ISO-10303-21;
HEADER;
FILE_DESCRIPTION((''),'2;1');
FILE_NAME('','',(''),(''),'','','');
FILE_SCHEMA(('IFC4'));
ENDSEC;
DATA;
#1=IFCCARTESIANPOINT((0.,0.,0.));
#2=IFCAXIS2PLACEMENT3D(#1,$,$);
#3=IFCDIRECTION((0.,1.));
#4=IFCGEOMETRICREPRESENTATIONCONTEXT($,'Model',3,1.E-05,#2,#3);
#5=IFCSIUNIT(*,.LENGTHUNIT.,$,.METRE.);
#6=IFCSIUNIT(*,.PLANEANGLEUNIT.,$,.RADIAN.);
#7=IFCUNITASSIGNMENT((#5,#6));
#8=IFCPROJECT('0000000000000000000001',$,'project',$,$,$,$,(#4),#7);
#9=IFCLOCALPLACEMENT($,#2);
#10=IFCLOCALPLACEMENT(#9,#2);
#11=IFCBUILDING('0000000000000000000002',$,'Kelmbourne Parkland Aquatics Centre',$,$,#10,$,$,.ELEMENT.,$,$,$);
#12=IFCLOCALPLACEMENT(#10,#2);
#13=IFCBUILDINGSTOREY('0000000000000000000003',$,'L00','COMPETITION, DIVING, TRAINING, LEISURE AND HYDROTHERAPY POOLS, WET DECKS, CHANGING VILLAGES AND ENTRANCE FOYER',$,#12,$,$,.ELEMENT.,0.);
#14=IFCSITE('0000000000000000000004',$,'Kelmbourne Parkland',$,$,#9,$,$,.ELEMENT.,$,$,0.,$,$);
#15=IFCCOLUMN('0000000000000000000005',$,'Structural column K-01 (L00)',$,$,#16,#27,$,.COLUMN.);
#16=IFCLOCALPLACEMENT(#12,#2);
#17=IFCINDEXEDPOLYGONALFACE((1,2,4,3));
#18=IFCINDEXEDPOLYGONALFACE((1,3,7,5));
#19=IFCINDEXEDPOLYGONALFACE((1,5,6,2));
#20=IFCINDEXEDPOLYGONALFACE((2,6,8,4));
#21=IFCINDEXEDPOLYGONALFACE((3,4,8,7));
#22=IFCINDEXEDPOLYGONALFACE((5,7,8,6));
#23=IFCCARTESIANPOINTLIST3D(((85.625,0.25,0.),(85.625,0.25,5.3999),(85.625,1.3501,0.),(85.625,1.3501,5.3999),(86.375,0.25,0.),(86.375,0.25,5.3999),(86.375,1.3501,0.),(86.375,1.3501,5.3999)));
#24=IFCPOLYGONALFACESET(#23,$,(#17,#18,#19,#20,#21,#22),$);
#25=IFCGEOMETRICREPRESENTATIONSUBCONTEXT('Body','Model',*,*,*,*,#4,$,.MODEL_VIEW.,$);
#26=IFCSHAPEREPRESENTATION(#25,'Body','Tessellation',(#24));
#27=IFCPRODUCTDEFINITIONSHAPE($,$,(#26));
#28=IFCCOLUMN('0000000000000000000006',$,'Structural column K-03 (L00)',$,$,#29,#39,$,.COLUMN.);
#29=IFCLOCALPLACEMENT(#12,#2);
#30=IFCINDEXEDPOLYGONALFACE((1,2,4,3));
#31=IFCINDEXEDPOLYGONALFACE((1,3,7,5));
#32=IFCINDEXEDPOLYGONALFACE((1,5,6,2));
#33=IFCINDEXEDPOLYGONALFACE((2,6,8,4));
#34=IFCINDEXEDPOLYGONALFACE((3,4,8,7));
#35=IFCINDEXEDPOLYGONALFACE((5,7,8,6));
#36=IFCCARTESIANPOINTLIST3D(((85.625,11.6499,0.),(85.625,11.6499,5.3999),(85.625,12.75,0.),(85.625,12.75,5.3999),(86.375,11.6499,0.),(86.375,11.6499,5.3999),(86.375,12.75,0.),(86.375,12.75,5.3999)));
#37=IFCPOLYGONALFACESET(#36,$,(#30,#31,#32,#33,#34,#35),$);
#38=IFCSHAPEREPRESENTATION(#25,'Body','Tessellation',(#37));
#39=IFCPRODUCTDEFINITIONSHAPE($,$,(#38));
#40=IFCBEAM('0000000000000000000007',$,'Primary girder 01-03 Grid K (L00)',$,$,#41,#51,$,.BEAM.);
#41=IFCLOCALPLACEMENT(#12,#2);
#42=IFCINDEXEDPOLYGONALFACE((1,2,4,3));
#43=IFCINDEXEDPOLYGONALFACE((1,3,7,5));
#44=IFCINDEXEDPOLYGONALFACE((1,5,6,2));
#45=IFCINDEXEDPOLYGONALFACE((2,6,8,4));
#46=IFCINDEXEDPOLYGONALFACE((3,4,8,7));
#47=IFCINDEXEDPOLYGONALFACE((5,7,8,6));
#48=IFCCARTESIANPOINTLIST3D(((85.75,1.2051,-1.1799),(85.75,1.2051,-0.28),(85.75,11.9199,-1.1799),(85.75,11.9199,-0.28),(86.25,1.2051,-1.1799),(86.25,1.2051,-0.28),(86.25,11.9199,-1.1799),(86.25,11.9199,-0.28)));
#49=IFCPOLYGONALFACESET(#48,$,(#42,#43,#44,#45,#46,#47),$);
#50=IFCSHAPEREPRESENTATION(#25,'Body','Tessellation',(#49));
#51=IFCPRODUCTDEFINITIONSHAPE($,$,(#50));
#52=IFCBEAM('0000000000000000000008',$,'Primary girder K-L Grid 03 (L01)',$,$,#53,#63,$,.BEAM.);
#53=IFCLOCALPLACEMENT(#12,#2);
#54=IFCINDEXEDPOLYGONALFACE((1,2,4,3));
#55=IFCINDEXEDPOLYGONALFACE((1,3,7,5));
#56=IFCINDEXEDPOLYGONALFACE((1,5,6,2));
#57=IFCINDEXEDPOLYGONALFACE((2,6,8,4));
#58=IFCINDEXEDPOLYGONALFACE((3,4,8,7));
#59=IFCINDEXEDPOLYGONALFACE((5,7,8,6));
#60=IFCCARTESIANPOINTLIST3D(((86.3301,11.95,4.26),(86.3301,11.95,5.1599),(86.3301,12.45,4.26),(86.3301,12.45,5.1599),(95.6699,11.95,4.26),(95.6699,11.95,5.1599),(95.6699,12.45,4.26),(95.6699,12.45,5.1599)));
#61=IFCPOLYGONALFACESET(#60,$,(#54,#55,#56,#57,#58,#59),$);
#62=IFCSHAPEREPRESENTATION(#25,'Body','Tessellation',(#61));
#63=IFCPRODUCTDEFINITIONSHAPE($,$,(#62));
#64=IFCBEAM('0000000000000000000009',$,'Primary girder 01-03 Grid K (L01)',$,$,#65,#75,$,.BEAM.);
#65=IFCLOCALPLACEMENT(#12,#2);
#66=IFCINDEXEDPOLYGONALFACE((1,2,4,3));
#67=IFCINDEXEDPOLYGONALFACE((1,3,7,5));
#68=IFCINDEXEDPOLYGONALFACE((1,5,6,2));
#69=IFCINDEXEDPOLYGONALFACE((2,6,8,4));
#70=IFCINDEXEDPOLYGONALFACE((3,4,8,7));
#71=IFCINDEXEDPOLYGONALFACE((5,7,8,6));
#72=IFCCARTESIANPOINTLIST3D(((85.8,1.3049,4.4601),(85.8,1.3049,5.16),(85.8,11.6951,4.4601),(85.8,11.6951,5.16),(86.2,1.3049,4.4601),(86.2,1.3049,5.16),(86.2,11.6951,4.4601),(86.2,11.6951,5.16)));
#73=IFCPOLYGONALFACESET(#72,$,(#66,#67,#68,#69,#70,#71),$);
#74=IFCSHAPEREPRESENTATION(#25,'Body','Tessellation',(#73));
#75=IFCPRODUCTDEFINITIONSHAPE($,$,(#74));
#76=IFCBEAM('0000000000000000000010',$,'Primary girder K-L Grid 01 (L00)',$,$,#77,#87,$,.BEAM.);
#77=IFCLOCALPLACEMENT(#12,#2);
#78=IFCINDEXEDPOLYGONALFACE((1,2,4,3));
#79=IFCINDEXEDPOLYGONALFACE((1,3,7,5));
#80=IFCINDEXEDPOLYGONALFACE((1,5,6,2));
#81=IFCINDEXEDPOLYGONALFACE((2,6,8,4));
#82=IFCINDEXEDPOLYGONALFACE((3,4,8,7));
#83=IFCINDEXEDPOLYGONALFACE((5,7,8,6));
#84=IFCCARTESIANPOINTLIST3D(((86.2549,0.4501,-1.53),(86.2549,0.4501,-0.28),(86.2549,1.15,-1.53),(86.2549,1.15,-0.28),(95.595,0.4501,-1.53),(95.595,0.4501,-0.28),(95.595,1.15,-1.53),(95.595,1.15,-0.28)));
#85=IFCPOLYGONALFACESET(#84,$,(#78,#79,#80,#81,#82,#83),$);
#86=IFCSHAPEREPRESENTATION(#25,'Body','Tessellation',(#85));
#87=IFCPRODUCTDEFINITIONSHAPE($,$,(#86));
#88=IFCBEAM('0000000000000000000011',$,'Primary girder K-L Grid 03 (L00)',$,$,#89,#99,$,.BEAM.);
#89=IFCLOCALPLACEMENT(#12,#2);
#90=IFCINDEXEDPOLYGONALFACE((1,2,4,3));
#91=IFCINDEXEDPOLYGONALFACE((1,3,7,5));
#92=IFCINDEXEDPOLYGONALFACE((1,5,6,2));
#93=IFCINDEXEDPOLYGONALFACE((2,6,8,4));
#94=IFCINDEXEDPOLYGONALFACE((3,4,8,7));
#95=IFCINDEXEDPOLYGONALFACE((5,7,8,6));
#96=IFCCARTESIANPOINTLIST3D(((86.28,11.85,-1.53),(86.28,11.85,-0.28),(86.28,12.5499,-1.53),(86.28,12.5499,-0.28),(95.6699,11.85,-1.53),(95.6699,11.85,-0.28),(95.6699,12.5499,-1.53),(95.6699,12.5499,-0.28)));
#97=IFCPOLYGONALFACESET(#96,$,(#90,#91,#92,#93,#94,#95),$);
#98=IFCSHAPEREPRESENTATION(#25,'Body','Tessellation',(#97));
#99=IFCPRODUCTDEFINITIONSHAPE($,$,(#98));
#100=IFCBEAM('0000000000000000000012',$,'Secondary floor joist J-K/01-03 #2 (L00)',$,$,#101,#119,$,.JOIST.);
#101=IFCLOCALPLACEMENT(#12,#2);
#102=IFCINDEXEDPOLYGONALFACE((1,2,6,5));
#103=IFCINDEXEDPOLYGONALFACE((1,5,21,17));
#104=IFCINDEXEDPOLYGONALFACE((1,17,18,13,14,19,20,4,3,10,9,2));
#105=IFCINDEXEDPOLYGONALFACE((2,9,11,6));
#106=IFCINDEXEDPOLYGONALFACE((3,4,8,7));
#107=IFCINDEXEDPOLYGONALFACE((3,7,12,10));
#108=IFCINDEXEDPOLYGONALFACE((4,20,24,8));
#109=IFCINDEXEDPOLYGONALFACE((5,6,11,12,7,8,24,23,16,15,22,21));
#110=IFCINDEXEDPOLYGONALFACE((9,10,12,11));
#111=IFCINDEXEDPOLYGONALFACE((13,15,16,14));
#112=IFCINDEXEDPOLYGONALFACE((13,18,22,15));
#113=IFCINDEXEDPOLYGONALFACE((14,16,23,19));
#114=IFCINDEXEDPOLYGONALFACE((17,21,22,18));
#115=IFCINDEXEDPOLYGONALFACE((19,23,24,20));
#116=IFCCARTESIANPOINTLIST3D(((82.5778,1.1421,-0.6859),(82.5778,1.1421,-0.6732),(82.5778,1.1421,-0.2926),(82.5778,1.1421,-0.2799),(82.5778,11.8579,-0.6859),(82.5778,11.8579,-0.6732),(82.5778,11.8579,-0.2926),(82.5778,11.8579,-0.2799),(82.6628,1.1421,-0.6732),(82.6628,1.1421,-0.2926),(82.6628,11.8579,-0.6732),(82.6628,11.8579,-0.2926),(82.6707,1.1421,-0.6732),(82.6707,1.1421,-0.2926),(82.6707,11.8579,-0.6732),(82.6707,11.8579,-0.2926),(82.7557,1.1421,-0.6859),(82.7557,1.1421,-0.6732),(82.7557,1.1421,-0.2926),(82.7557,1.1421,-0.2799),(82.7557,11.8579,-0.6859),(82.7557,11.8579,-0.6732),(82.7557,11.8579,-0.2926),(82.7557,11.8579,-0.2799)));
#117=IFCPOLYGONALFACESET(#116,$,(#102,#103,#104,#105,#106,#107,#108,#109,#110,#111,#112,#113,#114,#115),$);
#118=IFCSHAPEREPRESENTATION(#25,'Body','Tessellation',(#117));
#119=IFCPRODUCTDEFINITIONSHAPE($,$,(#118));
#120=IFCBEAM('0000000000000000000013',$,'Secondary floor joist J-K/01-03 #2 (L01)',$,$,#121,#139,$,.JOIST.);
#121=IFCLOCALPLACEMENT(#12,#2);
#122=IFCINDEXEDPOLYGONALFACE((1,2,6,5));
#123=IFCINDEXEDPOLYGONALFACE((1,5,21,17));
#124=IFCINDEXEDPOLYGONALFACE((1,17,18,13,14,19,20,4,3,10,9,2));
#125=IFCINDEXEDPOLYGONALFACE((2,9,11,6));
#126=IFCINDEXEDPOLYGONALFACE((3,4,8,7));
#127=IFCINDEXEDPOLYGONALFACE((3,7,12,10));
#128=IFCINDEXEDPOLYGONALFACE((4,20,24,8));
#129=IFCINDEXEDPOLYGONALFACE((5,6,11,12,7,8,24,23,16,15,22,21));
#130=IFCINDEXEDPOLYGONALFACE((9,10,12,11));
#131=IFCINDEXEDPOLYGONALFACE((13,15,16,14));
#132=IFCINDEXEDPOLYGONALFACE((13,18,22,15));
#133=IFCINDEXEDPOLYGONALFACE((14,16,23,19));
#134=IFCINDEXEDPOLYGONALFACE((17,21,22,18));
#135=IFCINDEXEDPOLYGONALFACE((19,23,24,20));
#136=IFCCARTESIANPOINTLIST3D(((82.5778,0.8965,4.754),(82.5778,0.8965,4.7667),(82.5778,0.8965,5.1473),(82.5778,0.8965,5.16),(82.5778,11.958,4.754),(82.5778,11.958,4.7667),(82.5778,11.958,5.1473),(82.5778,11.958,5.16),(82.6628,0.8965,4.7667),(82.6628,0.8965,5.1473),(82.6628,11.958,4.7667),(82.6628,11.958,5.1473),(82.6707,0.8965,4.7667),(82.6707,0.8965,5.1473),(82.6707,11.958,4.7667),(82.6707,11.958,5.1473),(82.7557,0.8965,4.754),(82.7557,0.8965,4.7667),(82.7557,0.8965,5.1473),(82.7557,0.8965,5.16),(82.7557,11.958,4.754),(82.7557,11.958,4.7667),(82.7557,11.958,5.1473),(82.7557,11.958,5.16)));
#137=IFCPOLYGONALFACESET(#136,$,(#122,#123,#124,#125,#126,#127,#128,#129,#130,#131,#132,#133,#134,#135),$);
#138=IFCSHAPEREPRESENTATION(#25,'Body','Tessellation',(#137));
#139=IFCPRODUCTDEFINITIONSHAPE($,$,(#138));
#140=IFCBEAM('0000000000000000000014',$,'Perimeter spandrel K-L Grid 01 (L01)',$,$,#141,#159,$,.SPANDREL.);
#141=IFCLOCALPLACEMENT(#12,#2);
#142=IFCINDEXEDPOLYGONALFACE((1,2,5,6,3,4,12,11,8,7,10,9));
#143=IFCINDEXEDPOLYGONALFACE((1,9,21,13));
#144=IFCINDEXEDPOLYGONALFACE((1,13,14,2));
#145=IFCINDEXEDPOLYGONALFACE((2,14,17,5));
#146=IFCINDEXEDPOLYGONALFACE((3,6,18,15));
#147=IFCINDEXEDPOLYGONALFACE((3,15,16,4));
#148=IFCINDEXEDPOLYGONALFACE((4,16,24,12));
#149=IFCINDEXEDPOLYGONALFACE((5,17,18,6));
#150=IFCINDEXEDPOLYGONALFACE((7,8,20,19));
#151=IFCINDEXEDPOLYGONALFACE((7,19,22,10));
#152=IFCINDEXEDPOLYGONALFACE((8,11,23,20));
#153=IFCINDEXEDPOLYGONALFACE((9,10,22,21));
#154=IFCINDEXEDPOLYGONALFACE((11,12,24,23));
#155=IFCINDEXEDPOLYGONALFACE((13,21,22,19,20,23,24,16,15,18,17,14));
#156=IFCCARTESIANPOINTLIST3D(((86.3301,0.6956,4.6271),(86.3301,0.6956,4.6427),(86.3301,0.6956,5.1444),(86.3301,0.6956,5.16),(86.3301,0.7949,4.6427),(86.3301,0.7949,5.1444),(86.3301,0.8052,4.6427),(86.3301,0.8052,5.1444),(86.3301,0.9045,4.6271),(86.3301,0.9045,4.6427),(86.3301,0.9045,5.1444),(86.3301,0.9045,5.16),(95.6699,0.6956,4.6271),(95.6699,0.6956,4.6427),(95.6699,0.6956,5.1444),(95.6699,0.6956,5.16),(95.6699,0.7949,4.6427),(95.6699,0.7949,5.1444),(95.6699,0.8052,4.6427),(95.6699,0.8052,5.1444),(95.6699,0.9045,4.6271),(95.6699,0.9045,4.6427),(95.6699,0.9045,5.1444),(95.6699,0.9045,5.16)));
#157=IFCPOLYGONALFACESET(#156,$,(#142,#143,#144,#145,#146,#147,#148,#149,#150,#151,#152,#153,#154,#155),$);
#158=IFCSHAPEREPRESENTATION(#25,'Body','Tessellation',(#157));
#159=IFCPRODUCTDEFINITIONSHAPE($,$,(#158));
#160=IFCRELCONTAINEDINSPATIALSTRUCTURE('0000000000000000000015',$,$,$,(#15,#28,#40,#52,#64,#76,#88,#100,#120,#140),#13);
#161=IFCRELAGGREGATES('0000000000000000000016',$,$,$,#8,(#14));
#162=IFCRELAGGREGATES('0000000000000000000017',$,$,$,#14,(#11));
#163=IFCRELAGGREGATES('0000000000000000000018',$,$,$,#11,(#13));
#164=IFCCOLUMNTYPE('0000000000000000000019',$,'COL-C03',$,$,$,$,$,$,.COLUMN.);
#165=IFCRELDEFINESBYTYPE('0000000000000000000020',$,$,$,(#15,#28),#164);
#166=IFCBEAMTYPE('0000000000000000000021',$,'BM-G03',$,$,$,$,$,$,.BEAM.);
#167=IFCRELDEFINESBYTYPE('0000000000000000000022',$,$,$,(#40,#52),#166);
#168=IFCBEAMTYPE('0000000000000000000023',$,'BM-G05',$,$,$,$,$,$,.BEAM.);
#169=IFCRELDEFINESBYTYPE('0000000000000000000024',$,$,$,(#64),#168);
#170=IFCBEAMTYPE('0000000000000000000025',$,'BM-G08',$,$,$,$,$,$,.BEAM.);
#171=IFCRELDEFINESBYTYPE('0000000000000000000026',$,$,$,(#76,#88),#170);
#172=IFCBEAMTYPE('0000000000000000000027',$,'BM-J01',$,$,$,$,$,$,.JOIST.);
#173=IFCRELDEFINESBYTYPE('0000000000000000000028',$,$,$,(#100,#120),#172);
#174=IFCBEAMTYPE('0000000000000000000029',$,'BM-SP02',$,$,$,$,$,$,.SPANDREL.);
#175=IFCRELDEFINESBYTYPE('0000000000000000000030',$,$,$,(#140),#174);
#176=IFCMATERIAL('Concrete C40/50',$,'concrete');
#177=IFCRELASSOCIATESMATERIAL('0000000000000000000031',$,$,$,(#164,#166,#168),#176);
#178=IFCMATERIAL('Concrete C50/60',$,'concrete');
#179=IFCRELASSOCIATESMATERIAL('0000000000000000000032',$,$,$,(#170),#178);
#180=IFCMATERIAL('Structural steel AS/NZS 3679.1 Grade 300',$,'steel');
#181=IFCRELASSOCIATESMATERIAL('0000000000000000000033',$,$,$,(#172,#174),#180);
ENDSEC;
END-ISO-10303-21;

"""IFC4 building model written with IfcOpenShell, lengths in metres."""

from ifc_helpers import new_model, si_unit, direction, frame, origin, origin_2d, place, context, subcontext, project, spatial, rectangle, i_section, extrude, material, material_profile, profile_set, type_object, element, save


model = new_model("IFC4")

# Units and contexts
model_context = context("Model", 3, precision=1e-05, world=origin(), true_north=direction((0.0, 1.0)))
body_context = subcontext(model_context, "Body", "Model", "MODEL_VIEW")
ifc_project = project(units=[si_unit("LENGTHUNIT", "METRE"), si_unit("PLANEANGLEUNIT", "RADIAN")], contexts=[model_context])

# Site, building, storey
site_placement = place(None, origin())
site = spatial("IfcSite", under=ifc_project, at=site_placement, Name="Kelmbourne Parkland", CompositionType="ELEMENT", RefElevation=0.0)
building_placement = place(site_placement, origin())
building = spatial("IfcBuilding", under=site, at=building_placement, Name="Kelmbourne Parkland Aquatics Centre", CompositionType="ELEMENT")
storey_placement = place(building_placement, origin())
storey = spatial("IfcBuildingStorey", under=building, at=storey_placement, Name="L00", Description="COMPETITION, DIVING, TRAINING, LEISURE AND HYDROTHERAPY POOLS, WET DECKS, CHANGING VILLAGES AND ENTRANCE FOYER", CompositionType="ELEMENT", Elevation=0.0)

# Columns
ifc_material_1 = material(Name="Concrete C40/50", Category="concrete")
ifc_material_profile_1 = material_profile(ifc_material_1, rectangle(XDim=0.75, YDim=1.1001, at=origin_2d()), Name="RC 750x1100")
ifc_profile_set_1 = profile_set([ifc_material_profile_1], Name="Concrete C40/50")
column_type = type_object("IfcColumnType", Name="COL-C03", PredefinedType="COLUMN", material=ifc_profile_set_1)
for number, where, z_axis, x_axis, name in (
    (1, (86.0, 0.8, 0.0), (0.0, 0.0, 1.0), (1.0, 0.0, 0.0), "Structural column K-01 (L00)"),
    (2, (86.0, 12.2, 0.0), (0.0, 0.0, 1.0), (1.0, 0.0, 0.0), "Structural column K-03 (L00)"),
):
    element("IfcColumn", number, at=place(storey_placement, frame(where, z_axis=z_axis, x_axis=x_axis)), inside=storey, type_object=column_type, Name=name, PredefinedType="COLUMN", context=body_context, shape_type="SweptSolid", body=[
        extrude(rectangle(XDim=0.75, YDim=1.1001, at=origin_2d()), origin(), (0.0, 0.0, 1.0), 5.3999),
    ])

# Beams
ifc_material_profile_2 = material_profile(ifc_material_1, rectangle(XDim=0.5, YDim=0.8999, at=origin_2d()), Name="RC 500x900")
ifc_profile_set_2 = profile_set([ifc_material_profile_2], Name="Concrete C40/50")
beam_type_1 = type_object("IfcBeamType", Name="BM-G03", PredefinedType="BEAM", material=ifc_profile_set_2)
beam_1_placement = place(storey_placement, frame((86.0, 1.2051, -0.73), z_axis=(0.0, 1.0, 0.0), x_axis=(-1.0, 0.0, 0.0)))
element("IfcBeam", 3, at=beam_1_placement, inside=storey, type_object=beam_type_1, Name="Primary girder 01-03 Grid K (L00)", PredefinedType="BEAM", context=body_context, shape_type="SweptSolid", body=[
    extrude(rectangle(XDim=0.5, YDim=0.8999, at=origin_2d()), origin(), (0.0, 0.0, 1.0), 10.7148),
])
beam_2_placement = place(storey_placement, frame((86.3301, 12.2, 4.71), z_axis=(1.0, 0.0, 0.0), x_axis=(0.0, 1.0, 0.0)))
element("IfcBeam", 4, at=beam_2_placement, inside=storey, type_object=beam_type_1, Name="Primary girder K-L Grid 03 (L01)", PredefinedType="BEAM", context=body_context, shape_type="SweptSolid", body=[
    extrude(rectangle(XDim=0.5, YDim=0.8999, at=origin_2d()), origin(), (0.0, 0.0, 1.0), 9.3398),
])
ifc_material_profile_3 = material_profile(ifc_material_1, rectangle(XDim=0.3999, YDim=0.7, at=origin_2d()), Name="RC 400x700")
ifc_profile_set_3 = profile_set([ifc_material_profile_3], Name="Concrete C40/50")
beam_type_2 = type_object("IfcBeamType", Name="BM-G05", PredefinedType="BEAM", material=ifc_profile_set_3)
beam_3_placement = place(storey_placement, frame((86.0, 1.3049, 4.8101), z_axis=(0.0, 1.0, 0.0), x_axis=(-1.0, 0.0, 0.0)))
element("IfcBeam", 5, at=beam_3_placement, inside=storey, type_object=beam_type_2, Name="Primary girder 01-03 Grid K (L01)", PredefinedType="BEAM", context=body_context, shape_type="SweptSolid", body=[
    extrude(rectangle(XDim=0.3999, YDim=0.7, at=origin_2d()), origin(), (0.0, 0.0, 1.0), 10.3901),
])
ifc_material_2 = material(Name="Concrete C50/60", Category="concrete")
ifc_material_profile_4 = material_profile(ifc_material_2, rectangle(XDim=0.7, YDim=1.25, at=origin_2d()), Name="RC 700x1250")
ifc_profile_set_4 = profile_set([ifc_material_profile_4], Name="Concrete C50/60")
beam_type_3 = type_object("IfcBeamType", Name="BM-G08", PredefinedType="BEAM", material=ifc_profile_set_4)
beam_4_placement = place(storey_placement, frame((86.2549, 0.8, -0.905), z_axis=(1.0, 0.0, 0.0), x_axis=(0.0, 1.0, 0.0)))
element("IfcBeam", 6, at=beam_4_placement, inside=storey, type_object=beam_type_3, Name="Primary girder K-L Grid 01 (L00)", PredefinedType="BEAM", context=body_context, shape_type="SweptSolid", body=[
    extrude(rectangle(XDim=0.7, YDim=1.25, at=origin_2d()), origin(), (0.0, 0.0, 1.0), 9.3401),
])
beam_5_placement = place(storey_placement, frame((86.28, 12.2, -0.905), z_axis=(1.0, 0.0, 0.0), x_axis=(0.0, 1.0, 0.0)))
element("IfcBeam", 7, at=beam_5_placement, inside=storey, type_object=beam_type_3, Name="Primary girder K-L Grid 03 (L00)", PredefinedType="BEAM", context=body_context, shape_type="SweptSolid", body=[
    extrude(rectangle(XDim=0.7, YDim=1.25, at=origin_2d()), origin(), (0.0, 0.0, 1.0), 9.3899),
])
ifc_material_3 = material(Name="Structural steel AS/NZS 3679.1 Grade 300", Category="steel")
ifc_material_profile_5 = material_profile(ifc_material_3, i_section(OverallWidth=0.178, OverallDepth=0.406, WebThickness=0.0078, FlangeThickness=0.0127, at=origin_2d()), Name="410UB59.7")
ifc_profile_set_5 = profile_set([ifc_material_profile_5], Name="Structural steel AS/NZS 3679.1 Grade 300")
beam_type_4 = type_object("IfcBeamType", Name="BM-J01", PredefinedType="JOIST", material=ifc_profile_set_5)
beam_6_placement = place(storey_placement, frame((82.6667, 1.1421, -0.4829), z_axis=(0.0, 1.0, 0.0), x_axis=(-1.0, 0.0, 0.0)))
element("IfcBeam", 8, at=beam_6_placement, inside=storey, type_object=beam_type_4, Name="Secondary floor joist J-K/01-03 #2 (L00)", PredefinedType="JOIST", context=body_context, shape_type="SweptSolid", body=[
    extrude(i_section(OverallWidth=0.178, OverallDepth=0.406, WebThickness=0.0078, FlangeThickness=0.0127, at=origin_2d()), origin(), (0.0, 0.0, 1.0), 10.7158),
])
beam_7_placement = place(storey_placement, frame((82.6667, 0.8965, 4.957), z_axis=(0.0, 1.0, 0.0), x_axis=(-1.0, 0.0, 0.0)))
element("IfcBeam", 9, at=beam_7_placement, inside=storey, type_object=beam_type_4, Name="Secondary floor joist J-K/01-03 #2 (L01)", PredefinedType="JOIST", context=body_context, shape_type="SweptSolid", body=[
    extrude(i_section(OverallWidth=0.178, OverallDepth=0.406, WebThickness=0.0078, FlangeThickness=0.0127, at=origin_2d()), origin(), (0.0, 0.0, 1.0), 11.0615),
])
ifc_material_profile_6 = material_profile(ifc_material_3, i_section(OverallWidth=0.209, OverallDepth=0.533, WebThickness=0.0103, FlangeThickness=0.0156, at=origin_2d()), Name="530UB92.4")
ifc_profile_set_6 = profile_set([ifc_material_profile_6], Name="Structural steel AS/NZS 3679.1 Grade 300")
beam_type_5 = type_object("IfcBeamType", Name="BM-SP02", PredefinedType="SPANDREL", material=ifc_profile_set_6)
beam_8_placement = place(storey_placement, frame((86.3301, 0.8, 4.8936), z_axis=(1.0, 0.0, 0.0), x_axis=(0.0, 1.0, 0.0)))
element("IfcBeam", 10, at=beam_8_placement, inside=storey, type_object=beam_type_5, Name="Perimeter spandrel K-L Grid 01 (L01)", PredefinedType="SPANDREL", context=body_context, shape_type="SweptSolid", body=[
    extrude(i_section(OverallWidth=0.209, OverallDepth=0.533, WebThickness=0.0103, FlangeThickness=0.0156, at=origin_2d()), origin(), (0.0, 0.0, 1.0), 9.3398),
])

save(model, "model.ifc")
